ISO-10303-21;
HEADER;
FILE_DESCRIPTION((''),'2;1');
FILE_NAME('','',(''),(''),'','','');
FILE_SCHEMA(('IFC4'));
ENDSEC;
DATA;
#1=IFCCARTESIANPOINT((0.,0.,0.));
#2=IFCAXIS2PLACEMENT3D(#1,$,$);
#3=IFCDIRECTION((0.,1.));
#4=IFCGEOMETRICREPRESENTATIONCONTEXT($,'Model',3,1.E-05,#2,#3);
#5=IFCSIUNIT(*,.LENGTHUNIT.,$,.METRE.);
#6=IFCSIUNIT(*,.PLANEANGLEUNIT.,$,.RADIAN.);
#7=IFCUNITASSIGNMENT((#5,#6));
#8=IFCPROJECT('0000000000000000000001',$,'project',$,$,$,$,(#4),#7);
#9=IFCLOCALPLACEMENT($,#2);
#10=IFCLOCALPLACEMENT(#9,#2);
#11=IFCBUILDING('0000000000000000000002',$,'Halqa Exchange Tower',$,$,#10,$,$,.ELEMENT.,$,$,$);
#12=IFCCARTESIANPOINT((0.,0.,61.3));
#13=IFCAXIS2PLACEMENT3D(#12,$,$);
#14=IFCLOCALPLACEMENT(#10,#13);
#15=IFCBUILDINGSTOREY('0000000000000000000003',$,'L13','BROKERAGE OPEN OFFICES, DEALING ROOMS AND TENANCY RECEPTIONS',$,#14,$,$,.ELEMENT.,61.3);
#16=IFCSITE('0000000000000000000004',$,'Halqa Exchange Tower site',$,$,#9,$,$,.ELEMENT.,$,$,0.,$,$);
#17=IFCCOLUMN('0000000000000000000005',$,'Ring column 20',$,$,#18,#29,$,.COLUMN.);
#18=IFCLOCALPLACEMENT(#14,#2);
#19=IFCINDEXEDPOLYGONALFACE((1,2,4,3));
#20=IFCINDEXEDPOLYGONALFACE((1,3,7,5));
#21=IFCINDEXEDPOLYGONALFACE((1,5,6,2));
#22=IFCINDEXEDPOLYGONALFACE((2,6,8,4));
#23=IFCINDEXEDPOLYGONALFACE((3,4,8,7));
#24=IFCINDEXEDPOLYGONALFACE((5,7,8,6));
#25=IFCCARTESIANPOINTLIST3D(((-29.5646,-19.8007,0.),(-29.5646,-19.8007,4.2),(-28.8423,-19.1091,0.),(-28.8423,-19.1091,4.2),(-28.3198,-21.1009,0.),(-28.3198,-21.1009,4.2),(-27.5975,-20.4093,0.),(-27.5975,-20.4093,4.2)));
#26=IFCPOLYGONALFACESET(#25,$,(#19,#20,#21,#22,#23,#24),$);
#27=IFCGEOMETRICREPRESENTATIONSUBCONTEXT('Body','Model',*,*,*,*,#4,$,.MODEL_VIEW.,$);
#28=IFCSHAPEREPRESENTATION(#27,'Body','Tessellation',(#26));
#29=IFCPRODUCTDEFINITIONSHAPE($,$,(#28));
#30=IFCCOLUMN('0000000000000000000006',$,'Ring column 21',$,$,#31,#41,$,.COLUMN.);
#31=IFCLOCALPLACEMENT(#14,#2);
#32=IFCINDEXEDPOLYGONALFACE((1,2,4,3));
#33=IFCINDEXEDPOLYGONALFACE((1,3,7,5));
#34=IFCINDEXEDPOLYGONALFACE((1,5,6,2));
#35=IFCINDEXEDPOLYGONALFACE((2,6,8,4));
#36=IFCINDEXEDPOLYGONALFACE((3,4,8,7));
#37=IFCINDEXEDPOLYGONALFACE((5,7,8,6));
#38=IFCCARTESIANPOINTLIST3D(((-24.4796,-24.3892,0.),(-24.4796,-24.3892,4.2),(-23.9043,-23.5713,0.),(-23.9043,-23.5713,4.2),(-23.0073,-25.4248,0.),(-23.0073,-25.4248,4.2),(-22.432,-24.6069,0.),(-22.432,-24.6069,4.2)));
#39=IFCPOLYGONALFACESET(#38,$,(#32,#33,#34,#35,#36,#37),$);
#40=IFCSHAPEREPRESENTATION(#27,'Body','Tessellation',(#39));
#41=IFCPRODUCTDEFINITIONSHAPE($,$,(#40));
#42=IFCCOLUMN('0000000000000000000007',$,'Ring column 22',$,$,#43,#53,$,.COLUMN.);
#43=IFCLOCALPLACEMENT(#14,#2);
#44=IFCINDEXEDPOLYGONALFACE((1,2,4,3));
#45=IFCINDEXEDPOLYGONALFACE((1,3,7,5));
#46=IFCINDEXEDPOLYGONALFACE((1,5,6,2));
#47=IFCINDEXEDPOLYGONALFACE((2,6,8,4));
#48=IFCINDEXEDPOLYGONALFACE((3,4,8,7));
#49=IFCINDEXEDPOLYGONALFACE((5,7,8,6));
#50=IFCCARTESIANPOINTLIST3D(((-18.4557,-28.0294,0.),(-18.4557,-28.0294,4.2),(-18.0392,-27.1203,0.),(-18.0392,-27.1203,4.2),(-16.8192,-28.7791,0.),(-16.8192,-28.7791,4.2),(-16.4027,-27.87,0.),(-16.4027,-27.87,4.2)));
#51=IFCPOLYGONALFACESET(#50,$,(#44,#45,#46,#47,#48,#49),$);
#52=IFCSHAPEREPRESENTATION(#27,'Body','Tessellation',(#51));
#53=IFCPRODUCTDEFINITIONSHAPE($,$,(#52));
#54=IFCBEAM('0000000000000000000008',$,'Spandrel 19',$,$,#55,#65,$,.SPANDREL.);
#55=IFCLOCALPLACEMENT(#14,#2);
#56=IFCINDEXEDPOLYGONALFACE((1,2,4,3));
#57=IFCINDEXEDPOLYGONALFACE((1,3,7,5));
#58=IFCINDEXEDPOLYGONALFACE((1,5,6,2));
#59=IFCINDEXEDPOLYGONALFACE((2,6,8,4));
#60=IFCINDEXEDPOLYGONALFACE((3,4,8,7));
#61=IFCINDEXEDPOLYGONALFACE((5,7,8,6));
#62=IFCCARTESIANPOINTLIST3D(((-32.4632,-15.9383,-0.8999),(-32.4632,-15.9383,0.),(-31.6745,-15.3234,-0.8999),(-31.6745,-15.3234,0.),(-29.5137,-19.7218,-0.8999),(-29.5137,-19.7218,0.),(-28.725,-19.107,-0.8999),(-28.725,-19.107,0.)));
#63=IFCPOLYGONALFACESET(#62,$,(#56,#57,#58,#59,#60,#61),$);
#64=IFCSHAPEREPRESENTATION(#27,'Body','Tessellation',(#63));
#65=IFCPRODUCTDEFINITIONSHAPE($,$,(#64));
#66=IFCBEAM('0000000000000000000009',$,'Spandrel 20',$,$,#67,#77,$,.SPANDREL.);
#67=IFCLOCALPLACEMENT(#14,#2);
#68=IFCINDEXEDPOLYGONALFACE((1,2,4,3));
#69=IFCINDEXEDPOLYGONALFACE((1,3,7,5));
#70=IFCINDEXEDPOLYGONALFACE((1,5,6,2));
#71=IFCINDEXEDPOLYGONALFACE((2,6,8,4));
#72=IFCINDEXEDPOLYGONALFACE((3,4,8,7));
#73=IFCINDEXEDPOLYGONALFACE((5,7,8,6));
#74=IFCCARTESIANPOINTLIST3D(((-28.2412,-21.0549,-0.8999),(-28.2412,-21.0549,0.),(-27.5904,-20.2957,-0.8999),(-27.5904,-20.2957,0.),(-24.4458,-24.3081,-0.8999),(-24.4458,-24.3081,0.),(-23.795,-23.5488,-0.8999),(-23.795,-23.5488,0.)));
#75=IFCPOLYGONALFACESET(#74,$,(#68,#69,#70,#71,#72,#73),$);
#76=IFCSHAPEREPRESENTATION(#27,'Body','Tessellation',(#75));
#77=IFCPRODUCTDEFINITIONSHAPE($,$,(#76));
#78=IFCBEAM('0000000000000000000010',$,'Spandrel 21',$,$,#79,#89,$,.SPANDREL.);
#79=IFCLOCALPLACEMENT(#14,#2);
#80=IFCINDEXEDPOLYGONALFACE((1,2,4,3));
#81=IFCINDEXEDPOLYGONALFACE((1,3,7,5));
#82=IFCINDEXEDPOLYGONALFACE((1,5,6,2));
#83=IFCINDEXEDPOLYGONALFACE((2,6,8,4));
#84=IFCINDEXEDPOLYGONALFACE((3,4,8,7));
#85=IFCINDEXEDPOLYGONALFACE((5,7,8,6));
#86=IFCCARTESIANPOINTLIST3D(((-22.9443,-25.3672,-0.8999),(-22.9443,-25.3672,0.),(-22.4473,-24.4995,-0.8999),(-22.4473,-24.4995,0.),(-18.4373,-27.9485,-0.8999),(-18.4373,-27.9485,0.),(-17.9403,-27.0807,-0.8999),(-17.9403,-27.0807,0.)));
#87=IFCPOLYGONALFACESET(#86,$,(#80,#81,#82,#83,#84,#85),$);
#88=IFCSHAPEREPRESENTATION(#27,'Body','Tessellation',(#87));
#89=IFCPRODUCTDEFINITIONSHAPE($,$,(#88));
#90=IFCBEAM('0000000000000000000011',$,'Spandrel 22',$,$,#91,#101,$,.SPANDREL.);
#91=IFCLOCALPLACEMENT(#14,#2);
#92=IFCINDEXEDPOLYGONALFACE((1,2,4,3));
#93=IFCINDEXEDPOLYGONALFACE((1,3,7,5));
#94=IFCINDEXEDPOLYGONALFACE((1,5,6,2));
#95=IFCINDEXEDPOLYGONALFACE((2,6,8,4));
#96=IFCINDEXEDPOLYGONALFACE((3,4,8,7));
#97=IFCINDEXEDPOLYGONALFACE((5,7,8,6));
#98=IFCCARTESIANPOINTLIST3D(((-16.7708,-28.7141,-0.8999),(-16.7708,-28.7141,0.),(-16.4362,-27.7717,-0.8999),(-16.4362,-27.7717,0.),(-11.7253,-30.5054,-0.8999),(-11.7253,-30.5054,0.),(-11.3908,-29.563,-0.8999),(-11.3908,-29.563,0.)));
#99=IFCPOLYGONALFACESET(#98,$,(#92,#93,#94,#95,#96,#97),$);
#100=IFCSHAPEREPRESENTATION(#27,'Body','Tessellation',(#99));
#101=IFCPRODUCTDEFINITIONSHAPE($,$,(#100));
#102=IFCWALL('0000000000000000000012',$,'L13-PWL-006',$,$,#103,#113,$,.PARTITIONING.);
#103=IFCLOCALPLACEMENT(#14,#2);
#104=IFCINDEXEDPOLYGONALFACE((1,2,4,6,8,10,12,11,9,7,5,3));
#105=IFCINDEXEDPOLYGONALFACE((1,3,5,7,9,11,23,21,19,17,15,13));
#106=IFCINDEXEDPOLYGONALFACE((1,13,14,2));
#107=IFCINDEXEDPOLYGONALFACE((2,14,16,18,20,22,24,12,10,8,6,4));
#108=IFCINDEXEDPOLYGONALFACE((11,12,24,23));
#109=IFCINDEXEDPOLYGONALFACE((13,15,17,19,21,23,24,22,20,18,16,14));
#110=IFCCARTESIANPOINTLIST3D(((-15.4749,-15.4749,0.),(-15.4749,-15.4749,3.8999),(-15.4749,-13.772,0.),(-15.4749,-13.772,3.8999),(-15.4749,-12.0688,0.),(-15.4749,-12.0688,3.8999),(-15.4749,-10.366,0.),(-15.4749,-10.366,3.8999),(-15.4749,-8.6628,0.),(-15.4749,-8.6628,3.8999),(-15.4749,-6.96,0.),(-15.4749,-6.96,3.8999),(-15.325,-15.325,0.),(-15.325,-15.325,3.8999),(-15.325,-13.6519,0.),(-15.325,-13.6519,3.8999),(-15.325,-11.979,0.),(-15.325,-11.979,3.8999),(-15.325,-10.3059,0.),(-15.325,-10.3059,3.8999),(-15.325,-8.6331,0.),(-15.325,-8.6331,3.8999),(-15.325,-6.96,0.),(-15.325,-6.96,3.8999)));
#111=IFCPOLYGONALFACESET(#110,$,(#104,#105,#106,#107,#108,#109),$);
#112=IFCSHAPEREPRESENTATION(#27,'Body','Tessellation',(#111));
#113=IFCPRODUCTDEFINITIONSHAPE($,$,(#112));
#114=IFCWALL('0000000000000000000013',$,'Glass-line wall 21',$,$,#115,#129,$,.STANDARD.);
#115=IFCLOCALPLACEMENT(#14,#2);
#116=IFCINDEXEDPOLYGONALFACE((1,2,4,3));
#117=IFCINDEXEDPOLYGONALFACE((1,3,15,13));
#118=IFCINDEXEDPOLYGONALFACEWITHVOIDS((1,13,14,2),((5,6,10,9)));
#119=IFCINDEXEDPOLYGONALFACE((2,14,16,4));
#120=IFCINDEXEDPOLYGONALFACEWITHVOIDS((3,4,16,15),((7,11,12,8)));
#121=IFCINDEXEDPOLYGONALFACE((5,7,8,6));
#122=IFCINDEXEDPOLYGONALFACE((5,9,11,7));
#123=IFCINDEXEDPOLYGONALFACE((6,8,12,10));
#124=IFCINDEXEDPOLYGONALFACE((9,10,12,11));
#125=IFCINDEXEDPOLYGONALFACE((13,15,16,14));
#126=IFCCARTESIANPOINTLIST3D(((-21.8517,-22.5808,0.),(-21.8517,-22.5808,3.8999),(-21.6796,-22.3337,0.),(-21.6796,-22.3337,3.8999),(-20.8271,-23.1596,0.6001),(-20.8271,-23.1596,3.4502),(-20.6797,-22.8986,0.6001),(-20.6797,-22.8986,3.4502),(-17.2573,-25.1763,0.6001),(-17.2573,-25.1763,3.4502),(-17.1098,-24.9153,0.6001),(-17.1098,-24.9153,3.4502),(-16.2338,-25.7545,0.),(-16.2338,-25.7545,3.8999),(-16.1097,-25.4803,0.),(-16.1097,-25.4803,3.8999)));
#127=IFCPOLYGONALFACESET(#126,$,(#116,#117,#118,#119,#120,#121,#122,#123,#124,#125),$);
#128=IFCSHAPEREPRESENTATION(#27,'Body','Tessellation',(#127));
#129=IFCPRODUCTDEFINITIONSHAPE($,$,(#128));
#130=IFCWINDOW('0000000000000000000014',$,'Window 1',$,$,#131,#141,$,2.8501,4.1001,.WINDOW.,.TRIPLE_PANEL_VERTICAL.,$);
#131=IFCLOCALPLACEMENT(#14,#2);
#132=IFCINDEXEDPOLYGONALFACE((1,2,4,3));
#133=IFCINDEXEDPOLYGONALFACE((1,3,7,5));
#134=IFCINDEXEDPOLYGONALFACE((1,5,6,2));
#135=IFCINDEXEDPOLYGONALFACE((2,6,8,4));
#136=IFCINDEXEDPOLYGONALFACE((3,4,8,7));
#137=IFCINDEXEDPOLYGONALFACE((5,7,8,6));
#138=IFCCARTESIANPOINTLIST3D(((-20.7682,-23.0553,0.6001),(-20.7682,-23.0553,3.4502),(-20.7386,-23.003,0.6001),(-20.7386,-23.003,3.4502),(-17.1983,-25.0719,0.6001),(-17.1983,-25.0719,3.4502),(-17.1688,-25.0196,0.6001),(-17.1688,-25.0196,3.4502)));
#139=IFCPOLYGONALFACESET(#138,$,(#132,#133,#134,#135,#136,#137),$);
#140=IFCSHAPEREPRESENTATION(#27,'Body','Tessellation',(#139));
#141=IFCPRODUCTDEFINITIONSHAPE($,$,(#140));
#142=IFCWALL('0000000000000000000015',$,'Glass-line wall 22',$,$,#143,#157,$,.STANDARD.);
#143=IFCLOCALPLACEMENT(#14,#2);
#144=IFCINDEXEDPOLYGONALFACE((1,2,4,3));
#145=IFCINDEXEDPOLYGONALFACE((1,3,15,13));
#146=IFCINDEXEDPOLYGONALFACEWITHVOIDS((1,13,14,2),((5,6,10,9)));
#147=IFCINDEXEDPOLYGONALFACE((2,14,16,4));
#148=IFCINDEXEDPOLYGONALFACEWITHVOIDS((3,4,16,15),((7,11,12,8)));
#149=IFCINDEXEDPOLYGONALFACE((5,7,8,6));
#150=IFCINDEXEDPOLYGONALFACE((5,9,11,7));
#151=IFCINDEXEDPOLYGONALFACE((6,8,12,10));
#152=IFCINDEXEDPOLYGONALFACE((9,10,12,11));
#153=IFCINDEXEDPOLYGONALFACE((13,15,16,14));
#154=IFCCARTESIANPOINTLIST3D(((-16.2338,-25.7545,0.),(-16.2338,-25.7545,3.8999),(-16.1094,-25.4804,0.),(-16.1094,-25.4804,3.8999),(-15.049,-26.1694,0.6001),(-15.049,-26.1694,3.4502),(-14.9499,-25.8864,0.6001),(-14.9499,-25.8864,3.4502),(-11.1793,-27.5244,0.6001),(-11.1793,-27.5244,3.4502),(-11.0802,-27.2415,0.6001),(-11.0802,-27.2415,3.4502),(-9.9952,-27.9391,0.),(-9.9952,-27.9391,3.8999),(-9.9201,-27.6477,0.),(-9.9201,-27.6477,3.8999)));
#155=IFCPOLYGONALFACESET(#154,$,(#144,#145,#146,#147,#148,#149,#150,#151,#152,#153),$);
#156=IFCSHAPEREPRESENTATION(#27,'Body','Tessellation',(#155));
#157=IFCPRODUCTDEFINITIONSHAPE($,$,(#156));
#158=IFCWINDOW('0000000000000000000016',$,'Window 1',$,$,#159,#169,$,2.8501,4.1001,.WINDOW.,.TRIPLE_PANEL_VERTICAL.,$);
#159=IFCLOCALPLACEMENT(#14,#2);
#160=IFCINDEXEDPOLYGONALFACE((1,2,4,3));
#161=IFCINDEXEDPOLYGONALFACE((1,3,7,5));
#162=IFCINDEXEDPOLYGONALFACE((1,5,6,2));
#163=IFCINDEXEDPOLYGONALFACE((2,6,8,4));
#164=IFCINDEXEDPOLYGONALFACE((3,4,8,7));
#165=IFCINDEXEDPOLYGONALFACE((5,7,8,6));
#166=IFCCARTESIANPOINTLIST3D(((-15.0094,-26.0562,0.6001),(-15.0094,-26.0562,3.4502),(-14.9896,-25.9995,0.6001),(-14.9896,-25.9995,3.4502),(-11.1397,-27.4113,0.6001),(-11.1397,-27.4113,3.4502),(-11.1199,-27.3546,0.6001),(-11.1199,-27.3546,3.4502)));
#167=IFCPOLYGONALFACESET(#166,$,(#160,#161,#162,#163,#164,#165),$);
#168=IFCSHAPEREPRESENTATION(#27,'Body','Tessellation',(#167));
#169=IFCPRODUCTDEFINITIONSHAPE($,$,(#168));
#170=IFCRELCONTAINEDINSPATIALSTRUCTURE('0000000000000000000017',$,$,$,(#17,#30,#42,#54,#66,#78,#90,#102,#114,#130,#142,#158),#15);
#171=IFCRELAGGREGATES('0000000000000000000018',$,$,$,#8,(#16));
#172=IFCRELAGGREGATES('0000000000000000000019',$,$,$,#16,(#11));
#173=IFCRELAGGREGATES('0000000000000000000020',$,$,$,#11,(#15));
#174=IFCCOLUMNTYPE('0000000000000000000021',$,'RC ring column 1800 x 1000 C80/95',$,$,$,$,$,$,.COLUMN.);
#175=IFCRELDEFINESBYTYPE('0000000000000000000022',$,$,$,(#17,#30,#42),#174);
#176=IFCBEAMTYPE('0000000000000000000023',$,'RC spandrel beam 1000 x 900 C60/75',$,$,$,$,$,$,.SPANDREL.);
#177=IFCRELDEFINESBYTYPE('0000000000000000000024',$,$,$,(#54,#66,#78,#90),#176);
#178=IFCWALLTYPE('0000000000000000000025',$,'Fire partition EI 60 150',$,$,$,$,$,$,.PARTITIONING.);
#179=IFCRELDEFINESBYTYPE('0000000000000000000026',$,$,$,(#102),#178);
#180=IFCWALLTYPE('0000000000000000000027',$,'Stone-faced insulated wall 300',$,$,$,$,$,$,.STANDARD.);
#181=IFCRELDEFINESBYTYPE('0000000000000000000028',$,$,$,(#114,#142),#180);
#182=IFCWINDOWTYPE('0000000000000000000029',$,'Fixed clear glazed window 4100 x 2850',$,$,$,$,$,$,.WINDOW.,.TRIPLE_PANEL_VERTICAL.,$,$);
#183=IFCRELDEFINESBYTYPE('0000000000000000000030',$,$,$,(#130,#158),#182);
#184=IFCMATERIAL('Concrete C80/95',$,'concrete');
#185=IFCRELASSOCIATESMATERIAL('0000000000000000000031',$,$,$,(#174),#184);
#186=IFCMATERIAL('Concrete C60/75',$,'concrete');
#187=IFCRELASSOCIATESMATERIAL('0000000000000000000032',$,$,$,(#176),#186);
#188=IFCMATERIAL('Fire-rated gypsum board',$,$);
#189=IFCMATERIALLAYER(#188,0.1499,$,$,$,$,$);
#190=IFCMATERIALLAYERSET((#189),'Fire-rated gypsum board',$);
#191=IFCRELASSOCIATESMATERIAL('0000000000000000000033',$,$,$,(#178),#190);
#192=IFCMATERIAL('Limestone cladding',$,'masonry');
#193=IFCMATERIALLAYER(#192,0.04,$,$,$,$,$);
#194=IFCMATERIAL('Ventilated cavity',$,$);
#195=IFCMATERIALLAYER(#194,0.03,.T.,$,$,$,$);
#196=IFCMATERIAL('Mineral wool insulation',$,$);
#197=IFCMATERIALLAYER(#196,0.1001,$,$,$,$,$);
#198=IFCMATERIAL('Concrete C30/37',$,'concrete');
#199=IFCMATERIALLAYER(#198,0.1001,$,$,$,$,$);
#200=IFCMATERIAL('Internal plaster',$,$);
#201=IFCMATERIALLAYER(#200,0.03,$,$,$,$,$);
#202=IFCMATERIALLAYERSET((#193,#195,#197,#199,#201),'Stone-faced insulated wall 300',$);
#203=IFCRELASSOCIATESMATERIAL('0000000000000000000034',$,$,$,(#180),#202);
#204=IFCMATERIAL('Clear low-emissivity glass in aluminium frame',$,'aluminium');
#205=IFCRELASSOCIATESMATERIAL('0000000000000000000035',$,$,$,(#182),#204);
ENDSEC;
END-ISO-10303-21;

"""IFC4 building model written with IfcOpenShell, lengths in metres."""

from ifc_helpers import new_model, si_unit, direction, frame, frame_2d, origin, origin_2d, place, context, subcontext, project, spatial, polyline, rectangle, outline, extrude, material, layer, layer_set, material_profile, profile_set, type_object, element, fill, save


model = new_model("IFC4")

# Units and contexts
model_context = context("Model", 3, precision=1e-05, world=origin(), true_north=direction((0.0, 1.0)))
body_context = subcontext(model_context, "Body", "Model", "MODEL_VIEW")
ifc_project = project(units=[si_unit("LENGTHUNIT", "METRE"), si_unit("PLANEANGLEUNIT", "RADIAN")], contexts=[model_context])

# Site, building, storey
site_placement = place(None, origin())
site = spatial("IfcSite", under=ifc_project, at=site_placement, Name="Halqa Exchange Tower site", CompositionType="ELEMENT", RefElevation=0.0)
building_placement = place(site_placement, origin())
building = spatial("IfcBuilding", under=site, at=building_placement, Name="Halqa Exchange Tower", CompositionType="ELEMENT")
storey_placement = place(building_placement, frame((0.0, 0.0, 61.3)))
storey = spatial("IfcBuildingStorey", under=building, at=storey_placement, Name="L13", Description="BROKERAGE OPEN OFFICES, DEALING ROOMS AND TENANCY RECEPTIONS", CompositionType="ELEMENT", Elevation=61.3)

# Columns
ifc_material_1 = material(Name="Concrete C80/95", Category="concrete")
ifc_material_profile_1 = material_profile(ifc_material_1, rectangle(XDim=1.8, YDim=1.0, at=origin_2d()), Name="1800 x 1000")
ifc_profile_set_1 = profile_set([ifc_material_profile_1], Name="Concrete C80/95")
column_type = type_object("IfcColumnType", Name="RC ring column 1800 x 1000 C80/95", PredefinedType="COLUMN", material=ifc_profile_set_1)
for number, where, z_axis, x_axis, name in (
    (1, (-28.5811, -20.105, 0.0), (0.0, 0.0, 1.0), (0.691577, -0.722302, 0.0), "Ring column 20"),
    (2, (-23.4558, -24.498, 0.0), (0.0, 0.0, 1.0), (0.817909, -0.575348, 0.0), "Ring column 21"),
    (3, (-17.4292, -27.9497, 0.0), (0.0, 0.0, 1.0), (0.909126, -0.41652, 0.0), "Ring column 22"),
):
    element("IfcColumn", number, at=place(storey_placement, frame(where, z_axis=z_axis, x_axis=x_axis)), inside=storey, type_object=column_type, Name=name, PredefinedType="COLUMN", context=body_context, shape_type="SweptSolid", body=[
        extrude(rectangle(XDim=1.8, YDim=1.0, at=origin_2d()), origin(), (0.0, 0.0, 1.0), 4.2),
    ])

# Beams
ifc_material_2 = material(Name="Concrete C60/75", Category="concrete")
ifc_material_profile_2 = material_profile(ifc_material_2, rectangle(XDim=1.0, YDim=0.8999, at=origin_2d()), Name="1000 x 900")
ifc_profile_set_2 = profile_set([ifc_material_profile_2], Name="Concrete C60/75")
beam_type = type_object("IfcBeamType", Name="RC spandrel beam 1000 x 900 C60/75", PredefinedType="SPANDREL", material=ifc_profile_set_2)
beam_1_placement = place(storey_placement, frame((-32.0688, -15.6309, -0.45), z_axis=(0.614821, -0.788667, 0.0), x_axis=(0.788667, 0.614821, 0.0)))
element("IfcBeam", 4, at=beam_1_placement, inside=storey, type_object=beam_type, Name="Spandrel 19", PredefinedType="SPANDREL", context=body_context, shape_type="SweptSolid", body=[
    extrude(rectangle(XDim=1.0, YDim=0.8999, at=origin_2d()), origin(), (0.0, 0.0, 1.0), 4.7974),
])
beam_2_placement = place(storey_placement, frame((-27.9158, -20.6753, -0.45), z_axis=(0.75926, -0.650787, 0.0), x_axis=(0.650787, 0.75926, 0.0)))
element("IfcBeam", 5, at=beam_2_placement, inside=storey, type_object=beam_type, Name="Spandrel 20", PredefinedType="SPANDREL", context=body_context, shape_type="SweptSolid", body=[
    extrude(rectangle(XDim=1.0, YDim=0.8999, at=origin_2d()), origin(), (0.0, 0.0, 1.0), 4.9988),
])
beam_3_placement = place(storey_placement, frame((-22.6958, -24.9333, -0.45), z_axis=(0.86776, -0.496984, 0.0), x_axis=(0.496984, 0.86776, 0.0)))
element("IfcBeam", 6, at=beam_3_placement, inside=storey, type_object=beam_type, Name="Spandrel 21", PredefinedType="SPANDREL", context=body_context, shape_type="SweptSolid", body=[
    extrude(rectangle(XDim=1.0, YDim=0.8999, at=origin_2d()), origin(), (0.0, 0.0, 1.0), 5.1938),
])
beam_4_placement = place(storey_placement, frame((-16.6035, -28.2429, -0.45), z_axis=(0.942372, -0.334568, 0.0), x_axis=(0.334568, 0.942372, 0.0)))
element("IfcBeam", 7, at=beam_4_placement, inside=storey, type_object=beam_type, Name="Spandrel 22", PredefinedType="SPANDREL", context=body_context, shape_type="SweptSolid", body=[
    extrude(rectangle(XDim=1.0, YDim=0.8999, at=origin_2d()), origin(), (0.0, 0.0, 1.0), 5.354),
])

# Wall
ifc_material_3 = material(Name="Fire-rated gypsum board")
ifc_layer_1 = layer(ifc_material_3, 0.1499)
ifc_layer_set_1 = layer_set([ifc_layer_1], Name="Fire-rated gypsum board")
wall_type_1 = type_object("IfcWallType", Name="Fire partition EI 60 150", PredefinedType="PARTITIONING", material=ifc_layer_set_1)
wall_1_placement = place(storey_placement, frame((-15.3999, -15.4751, 0.0), z_axis=(0.0, 0.0, 1.0), x_axis=(0.0, 1.0, 0.0)))
element("IfcWall", 8, at=wall_1_placement, inside=storey, type_object=wall_type_1, Name="L13-PWL-006", PredefinedType="PARTITIONING", context=body_context, shape_type="SweptSolid", body=[
    extrude(outline(polyline([(8.5151, 0.075), (6.8123, 0.075), (5.1091, 0.075), (3.4062, 0.075), (1.7031, 0.075), (0.0002, 0.075), (0.1501, -0.075), (1.8232, -0.075), (3.4961, -0.075), (5.1692, -0.075), (6.842, -0.075), (8.5151, -0.075), (8.5151, 0.075)])), origin(), (0.0, 0.0, 1.0), 3.8999),
])

# Shared definitions
ifc_material_4 = material(Name="Limestone cladding", Category="masonry")
ifc_layer_2 = layer(ifc_material_4, 0.04)
ifc_material_5 = material(Name="Ventilated cavity")
ifc_layer_3 = layer(ifc_material_5, 0.03, ventilated=True)
ifc_material_6 = material(Name="Mineral wool insulation")
ifc_layer_4 = layer(ifc_material_6, 0.1001)
ifc_material_7 = material(Name="Concrete C30/37", Category="concrete")
ifc_layer_5 = layer(ifc_material_7, 0.1001)
ifc_material_8 = material(Name="Internal plaster")
ifc_layer_6 = layer(ifc_material_8, 0.03)
ifc_layer_set_2 = layer_set([ifc_layer_2, ifc_layer_3, ifc_layer_4, ifc_layer_5, ifc_layer_6], Name="Stone-faced insulated wall 300")
wall_type_2 = type_object("IfcWallType", Name="Stone-faced insulated wall 300", PredefinedType="STANDARD", material=ifc_layer_set_2)
ifc_material_9 = material(Name="Clear low-emissivity glass in aluminium frame", Category="aluminium")

# Walls, openings, windows
wall_2_placement = place(storey_placement, frame((-21.7656, -22.4573, 0.0), z_axis=(0.0, 0.0, 1.0), x_axis=(0.870674, -0.491861, 0.0)))
wall_2 = element("IfcWall", 9, at=wall_2_placement, inside=storey, type_object=wall_type_2, Name="Glass-line wall 21", PredefinedType="STANDARD", context=body_context, shape_type="SweptSolid", body=[
    extrude(outline(polyline([(-0.0142, -0.1499), (6.4382, -0.1499), (6.4114, 0.1499), (0.0142, 0.1499), (-0.0142, -0.1499)])), origin(), (0.0, 0.0, 1.0), 3.8999),
])
opening_1_placement = place(wall_2_placement, frame((1.1626, 0.0, 0.6001)))
opening_1 = element("IfcOpeningElement", 10, at=opening_1_placement, cuts=wall_2, PredefinedType="OPENING", context=body_context, shape_type="SweptSolid", body=[
    extrude(rectangle(XDim=4.1001, YDim=2.8501, at=frame_2d((2.05, 1.425))), frame((0.0, 0.1621, 0.0), z_axis=(0.0, -1.0, 0.0), x_axis=(1.0, 0.0, 0.0)), (0.0, 0.0, 1.0), 0.324),
])
window_type = type_object("IfcWindowType", Name="Fixed clear glazed window 4100 x 2850", PartitioningType="TRIPLE_PANEL_VERTICAL", PredefinedType="WINDOW", material=ifc_material_9)
window_1_placement = place(opening_1_placement, origin())
window_1 = element("IfcWindow", 11, at=window_1_placement, inside=storey, type_object=window_type, Name="Window 1", OverallHeight=2.8501, OverallWidth=4.1001, PartitioningType="TRIPLE_PANEL_VERTICAL", PredefinedType="WINDOW", context=body_context, shape_type="SweptSolid", body=[
    extrude(rectangle(XDim=4.1001, YDim=2.8501, at=frame_2d((2.05, 1.425))), frame((0.0, 0.03, 0.0), z_axis=(0.0, -1.0, 0.0), x_axis=(1.0, 0.0, 0.0)), (0.0, 0.0, 1.0), 0.0601),
])
fill(opening_1, window_1)
wall_3_placement = place(storey_placement, frame((-16.1716, -25.6174, 0.0), z_axis=(0.0, 0.0, 1.0), x_axis=(0.943807, -0.330497, 0.0)))
wall_3 = element("IfcWall", 12, at=wall_3_placement, inside=storey, type_object=wall_type_2, Name="Glass-line wall 22", PredefinedType="STANDARD", context=body_context, shape_type="SweptSolid", body=[
    extrude(outline(polyline([(-0.0134, -0.1499), (6.5967, -0.1499), (6.5713, 0.1499), (0.0134, 0.1499), (-0.0134, -0.1499)])), origin(), (0.0, 0.0, 1.0), 3.8999),
])
opening_2_placement = place(wall_3_placement, frame((1.2419, 0.0, 0.6001)))
opening_2 = element("IfcOpeningElement", 13, at=opening_2_placement, cuts=wall_3, PredefinedType="OPENING", context=body_context, shape_type="SweptSolid", body=[
    extrude(rectangle(XDim=4.1001, YDim=2.8501, at=frame_2d((2.05, 1.425))), frame((0.0, 0.1621, 0.0), z_axis=(0.0, -1.0, 0.0), x_axis=(1.0, 0.0, 0.0)), (0.0, 0.0, 1.0), 0.324),
])
window_2_placement = place(opening_2_placement, origin())
window_2 = element("IfcWindow", 14, at=window_2_placement, inside=storey, type_object=window_type, Name="Window 1", OverallHeight=2.8501, OverallWidth=4.1001, PartitioningType="TRIPLE_PANEL_VERTICAL", PredefinedType="WINDOW", context=body_context, shape_type="SweptSolid", body=[
    extrude(rectangle(XDim=4.1001, YDim=2.8501, at=frame_2d((2.05, 1.425))), frame((0.0, 0.03, 0.0), z_axis=(0.0, -1.0, 0.0), x_axis=(1.0, 0.0, 0.0)), (0.0, 0.0, 1.0), 0.0601),
])
fill(opening_2, window_2)

save(model, "model.ifc")
